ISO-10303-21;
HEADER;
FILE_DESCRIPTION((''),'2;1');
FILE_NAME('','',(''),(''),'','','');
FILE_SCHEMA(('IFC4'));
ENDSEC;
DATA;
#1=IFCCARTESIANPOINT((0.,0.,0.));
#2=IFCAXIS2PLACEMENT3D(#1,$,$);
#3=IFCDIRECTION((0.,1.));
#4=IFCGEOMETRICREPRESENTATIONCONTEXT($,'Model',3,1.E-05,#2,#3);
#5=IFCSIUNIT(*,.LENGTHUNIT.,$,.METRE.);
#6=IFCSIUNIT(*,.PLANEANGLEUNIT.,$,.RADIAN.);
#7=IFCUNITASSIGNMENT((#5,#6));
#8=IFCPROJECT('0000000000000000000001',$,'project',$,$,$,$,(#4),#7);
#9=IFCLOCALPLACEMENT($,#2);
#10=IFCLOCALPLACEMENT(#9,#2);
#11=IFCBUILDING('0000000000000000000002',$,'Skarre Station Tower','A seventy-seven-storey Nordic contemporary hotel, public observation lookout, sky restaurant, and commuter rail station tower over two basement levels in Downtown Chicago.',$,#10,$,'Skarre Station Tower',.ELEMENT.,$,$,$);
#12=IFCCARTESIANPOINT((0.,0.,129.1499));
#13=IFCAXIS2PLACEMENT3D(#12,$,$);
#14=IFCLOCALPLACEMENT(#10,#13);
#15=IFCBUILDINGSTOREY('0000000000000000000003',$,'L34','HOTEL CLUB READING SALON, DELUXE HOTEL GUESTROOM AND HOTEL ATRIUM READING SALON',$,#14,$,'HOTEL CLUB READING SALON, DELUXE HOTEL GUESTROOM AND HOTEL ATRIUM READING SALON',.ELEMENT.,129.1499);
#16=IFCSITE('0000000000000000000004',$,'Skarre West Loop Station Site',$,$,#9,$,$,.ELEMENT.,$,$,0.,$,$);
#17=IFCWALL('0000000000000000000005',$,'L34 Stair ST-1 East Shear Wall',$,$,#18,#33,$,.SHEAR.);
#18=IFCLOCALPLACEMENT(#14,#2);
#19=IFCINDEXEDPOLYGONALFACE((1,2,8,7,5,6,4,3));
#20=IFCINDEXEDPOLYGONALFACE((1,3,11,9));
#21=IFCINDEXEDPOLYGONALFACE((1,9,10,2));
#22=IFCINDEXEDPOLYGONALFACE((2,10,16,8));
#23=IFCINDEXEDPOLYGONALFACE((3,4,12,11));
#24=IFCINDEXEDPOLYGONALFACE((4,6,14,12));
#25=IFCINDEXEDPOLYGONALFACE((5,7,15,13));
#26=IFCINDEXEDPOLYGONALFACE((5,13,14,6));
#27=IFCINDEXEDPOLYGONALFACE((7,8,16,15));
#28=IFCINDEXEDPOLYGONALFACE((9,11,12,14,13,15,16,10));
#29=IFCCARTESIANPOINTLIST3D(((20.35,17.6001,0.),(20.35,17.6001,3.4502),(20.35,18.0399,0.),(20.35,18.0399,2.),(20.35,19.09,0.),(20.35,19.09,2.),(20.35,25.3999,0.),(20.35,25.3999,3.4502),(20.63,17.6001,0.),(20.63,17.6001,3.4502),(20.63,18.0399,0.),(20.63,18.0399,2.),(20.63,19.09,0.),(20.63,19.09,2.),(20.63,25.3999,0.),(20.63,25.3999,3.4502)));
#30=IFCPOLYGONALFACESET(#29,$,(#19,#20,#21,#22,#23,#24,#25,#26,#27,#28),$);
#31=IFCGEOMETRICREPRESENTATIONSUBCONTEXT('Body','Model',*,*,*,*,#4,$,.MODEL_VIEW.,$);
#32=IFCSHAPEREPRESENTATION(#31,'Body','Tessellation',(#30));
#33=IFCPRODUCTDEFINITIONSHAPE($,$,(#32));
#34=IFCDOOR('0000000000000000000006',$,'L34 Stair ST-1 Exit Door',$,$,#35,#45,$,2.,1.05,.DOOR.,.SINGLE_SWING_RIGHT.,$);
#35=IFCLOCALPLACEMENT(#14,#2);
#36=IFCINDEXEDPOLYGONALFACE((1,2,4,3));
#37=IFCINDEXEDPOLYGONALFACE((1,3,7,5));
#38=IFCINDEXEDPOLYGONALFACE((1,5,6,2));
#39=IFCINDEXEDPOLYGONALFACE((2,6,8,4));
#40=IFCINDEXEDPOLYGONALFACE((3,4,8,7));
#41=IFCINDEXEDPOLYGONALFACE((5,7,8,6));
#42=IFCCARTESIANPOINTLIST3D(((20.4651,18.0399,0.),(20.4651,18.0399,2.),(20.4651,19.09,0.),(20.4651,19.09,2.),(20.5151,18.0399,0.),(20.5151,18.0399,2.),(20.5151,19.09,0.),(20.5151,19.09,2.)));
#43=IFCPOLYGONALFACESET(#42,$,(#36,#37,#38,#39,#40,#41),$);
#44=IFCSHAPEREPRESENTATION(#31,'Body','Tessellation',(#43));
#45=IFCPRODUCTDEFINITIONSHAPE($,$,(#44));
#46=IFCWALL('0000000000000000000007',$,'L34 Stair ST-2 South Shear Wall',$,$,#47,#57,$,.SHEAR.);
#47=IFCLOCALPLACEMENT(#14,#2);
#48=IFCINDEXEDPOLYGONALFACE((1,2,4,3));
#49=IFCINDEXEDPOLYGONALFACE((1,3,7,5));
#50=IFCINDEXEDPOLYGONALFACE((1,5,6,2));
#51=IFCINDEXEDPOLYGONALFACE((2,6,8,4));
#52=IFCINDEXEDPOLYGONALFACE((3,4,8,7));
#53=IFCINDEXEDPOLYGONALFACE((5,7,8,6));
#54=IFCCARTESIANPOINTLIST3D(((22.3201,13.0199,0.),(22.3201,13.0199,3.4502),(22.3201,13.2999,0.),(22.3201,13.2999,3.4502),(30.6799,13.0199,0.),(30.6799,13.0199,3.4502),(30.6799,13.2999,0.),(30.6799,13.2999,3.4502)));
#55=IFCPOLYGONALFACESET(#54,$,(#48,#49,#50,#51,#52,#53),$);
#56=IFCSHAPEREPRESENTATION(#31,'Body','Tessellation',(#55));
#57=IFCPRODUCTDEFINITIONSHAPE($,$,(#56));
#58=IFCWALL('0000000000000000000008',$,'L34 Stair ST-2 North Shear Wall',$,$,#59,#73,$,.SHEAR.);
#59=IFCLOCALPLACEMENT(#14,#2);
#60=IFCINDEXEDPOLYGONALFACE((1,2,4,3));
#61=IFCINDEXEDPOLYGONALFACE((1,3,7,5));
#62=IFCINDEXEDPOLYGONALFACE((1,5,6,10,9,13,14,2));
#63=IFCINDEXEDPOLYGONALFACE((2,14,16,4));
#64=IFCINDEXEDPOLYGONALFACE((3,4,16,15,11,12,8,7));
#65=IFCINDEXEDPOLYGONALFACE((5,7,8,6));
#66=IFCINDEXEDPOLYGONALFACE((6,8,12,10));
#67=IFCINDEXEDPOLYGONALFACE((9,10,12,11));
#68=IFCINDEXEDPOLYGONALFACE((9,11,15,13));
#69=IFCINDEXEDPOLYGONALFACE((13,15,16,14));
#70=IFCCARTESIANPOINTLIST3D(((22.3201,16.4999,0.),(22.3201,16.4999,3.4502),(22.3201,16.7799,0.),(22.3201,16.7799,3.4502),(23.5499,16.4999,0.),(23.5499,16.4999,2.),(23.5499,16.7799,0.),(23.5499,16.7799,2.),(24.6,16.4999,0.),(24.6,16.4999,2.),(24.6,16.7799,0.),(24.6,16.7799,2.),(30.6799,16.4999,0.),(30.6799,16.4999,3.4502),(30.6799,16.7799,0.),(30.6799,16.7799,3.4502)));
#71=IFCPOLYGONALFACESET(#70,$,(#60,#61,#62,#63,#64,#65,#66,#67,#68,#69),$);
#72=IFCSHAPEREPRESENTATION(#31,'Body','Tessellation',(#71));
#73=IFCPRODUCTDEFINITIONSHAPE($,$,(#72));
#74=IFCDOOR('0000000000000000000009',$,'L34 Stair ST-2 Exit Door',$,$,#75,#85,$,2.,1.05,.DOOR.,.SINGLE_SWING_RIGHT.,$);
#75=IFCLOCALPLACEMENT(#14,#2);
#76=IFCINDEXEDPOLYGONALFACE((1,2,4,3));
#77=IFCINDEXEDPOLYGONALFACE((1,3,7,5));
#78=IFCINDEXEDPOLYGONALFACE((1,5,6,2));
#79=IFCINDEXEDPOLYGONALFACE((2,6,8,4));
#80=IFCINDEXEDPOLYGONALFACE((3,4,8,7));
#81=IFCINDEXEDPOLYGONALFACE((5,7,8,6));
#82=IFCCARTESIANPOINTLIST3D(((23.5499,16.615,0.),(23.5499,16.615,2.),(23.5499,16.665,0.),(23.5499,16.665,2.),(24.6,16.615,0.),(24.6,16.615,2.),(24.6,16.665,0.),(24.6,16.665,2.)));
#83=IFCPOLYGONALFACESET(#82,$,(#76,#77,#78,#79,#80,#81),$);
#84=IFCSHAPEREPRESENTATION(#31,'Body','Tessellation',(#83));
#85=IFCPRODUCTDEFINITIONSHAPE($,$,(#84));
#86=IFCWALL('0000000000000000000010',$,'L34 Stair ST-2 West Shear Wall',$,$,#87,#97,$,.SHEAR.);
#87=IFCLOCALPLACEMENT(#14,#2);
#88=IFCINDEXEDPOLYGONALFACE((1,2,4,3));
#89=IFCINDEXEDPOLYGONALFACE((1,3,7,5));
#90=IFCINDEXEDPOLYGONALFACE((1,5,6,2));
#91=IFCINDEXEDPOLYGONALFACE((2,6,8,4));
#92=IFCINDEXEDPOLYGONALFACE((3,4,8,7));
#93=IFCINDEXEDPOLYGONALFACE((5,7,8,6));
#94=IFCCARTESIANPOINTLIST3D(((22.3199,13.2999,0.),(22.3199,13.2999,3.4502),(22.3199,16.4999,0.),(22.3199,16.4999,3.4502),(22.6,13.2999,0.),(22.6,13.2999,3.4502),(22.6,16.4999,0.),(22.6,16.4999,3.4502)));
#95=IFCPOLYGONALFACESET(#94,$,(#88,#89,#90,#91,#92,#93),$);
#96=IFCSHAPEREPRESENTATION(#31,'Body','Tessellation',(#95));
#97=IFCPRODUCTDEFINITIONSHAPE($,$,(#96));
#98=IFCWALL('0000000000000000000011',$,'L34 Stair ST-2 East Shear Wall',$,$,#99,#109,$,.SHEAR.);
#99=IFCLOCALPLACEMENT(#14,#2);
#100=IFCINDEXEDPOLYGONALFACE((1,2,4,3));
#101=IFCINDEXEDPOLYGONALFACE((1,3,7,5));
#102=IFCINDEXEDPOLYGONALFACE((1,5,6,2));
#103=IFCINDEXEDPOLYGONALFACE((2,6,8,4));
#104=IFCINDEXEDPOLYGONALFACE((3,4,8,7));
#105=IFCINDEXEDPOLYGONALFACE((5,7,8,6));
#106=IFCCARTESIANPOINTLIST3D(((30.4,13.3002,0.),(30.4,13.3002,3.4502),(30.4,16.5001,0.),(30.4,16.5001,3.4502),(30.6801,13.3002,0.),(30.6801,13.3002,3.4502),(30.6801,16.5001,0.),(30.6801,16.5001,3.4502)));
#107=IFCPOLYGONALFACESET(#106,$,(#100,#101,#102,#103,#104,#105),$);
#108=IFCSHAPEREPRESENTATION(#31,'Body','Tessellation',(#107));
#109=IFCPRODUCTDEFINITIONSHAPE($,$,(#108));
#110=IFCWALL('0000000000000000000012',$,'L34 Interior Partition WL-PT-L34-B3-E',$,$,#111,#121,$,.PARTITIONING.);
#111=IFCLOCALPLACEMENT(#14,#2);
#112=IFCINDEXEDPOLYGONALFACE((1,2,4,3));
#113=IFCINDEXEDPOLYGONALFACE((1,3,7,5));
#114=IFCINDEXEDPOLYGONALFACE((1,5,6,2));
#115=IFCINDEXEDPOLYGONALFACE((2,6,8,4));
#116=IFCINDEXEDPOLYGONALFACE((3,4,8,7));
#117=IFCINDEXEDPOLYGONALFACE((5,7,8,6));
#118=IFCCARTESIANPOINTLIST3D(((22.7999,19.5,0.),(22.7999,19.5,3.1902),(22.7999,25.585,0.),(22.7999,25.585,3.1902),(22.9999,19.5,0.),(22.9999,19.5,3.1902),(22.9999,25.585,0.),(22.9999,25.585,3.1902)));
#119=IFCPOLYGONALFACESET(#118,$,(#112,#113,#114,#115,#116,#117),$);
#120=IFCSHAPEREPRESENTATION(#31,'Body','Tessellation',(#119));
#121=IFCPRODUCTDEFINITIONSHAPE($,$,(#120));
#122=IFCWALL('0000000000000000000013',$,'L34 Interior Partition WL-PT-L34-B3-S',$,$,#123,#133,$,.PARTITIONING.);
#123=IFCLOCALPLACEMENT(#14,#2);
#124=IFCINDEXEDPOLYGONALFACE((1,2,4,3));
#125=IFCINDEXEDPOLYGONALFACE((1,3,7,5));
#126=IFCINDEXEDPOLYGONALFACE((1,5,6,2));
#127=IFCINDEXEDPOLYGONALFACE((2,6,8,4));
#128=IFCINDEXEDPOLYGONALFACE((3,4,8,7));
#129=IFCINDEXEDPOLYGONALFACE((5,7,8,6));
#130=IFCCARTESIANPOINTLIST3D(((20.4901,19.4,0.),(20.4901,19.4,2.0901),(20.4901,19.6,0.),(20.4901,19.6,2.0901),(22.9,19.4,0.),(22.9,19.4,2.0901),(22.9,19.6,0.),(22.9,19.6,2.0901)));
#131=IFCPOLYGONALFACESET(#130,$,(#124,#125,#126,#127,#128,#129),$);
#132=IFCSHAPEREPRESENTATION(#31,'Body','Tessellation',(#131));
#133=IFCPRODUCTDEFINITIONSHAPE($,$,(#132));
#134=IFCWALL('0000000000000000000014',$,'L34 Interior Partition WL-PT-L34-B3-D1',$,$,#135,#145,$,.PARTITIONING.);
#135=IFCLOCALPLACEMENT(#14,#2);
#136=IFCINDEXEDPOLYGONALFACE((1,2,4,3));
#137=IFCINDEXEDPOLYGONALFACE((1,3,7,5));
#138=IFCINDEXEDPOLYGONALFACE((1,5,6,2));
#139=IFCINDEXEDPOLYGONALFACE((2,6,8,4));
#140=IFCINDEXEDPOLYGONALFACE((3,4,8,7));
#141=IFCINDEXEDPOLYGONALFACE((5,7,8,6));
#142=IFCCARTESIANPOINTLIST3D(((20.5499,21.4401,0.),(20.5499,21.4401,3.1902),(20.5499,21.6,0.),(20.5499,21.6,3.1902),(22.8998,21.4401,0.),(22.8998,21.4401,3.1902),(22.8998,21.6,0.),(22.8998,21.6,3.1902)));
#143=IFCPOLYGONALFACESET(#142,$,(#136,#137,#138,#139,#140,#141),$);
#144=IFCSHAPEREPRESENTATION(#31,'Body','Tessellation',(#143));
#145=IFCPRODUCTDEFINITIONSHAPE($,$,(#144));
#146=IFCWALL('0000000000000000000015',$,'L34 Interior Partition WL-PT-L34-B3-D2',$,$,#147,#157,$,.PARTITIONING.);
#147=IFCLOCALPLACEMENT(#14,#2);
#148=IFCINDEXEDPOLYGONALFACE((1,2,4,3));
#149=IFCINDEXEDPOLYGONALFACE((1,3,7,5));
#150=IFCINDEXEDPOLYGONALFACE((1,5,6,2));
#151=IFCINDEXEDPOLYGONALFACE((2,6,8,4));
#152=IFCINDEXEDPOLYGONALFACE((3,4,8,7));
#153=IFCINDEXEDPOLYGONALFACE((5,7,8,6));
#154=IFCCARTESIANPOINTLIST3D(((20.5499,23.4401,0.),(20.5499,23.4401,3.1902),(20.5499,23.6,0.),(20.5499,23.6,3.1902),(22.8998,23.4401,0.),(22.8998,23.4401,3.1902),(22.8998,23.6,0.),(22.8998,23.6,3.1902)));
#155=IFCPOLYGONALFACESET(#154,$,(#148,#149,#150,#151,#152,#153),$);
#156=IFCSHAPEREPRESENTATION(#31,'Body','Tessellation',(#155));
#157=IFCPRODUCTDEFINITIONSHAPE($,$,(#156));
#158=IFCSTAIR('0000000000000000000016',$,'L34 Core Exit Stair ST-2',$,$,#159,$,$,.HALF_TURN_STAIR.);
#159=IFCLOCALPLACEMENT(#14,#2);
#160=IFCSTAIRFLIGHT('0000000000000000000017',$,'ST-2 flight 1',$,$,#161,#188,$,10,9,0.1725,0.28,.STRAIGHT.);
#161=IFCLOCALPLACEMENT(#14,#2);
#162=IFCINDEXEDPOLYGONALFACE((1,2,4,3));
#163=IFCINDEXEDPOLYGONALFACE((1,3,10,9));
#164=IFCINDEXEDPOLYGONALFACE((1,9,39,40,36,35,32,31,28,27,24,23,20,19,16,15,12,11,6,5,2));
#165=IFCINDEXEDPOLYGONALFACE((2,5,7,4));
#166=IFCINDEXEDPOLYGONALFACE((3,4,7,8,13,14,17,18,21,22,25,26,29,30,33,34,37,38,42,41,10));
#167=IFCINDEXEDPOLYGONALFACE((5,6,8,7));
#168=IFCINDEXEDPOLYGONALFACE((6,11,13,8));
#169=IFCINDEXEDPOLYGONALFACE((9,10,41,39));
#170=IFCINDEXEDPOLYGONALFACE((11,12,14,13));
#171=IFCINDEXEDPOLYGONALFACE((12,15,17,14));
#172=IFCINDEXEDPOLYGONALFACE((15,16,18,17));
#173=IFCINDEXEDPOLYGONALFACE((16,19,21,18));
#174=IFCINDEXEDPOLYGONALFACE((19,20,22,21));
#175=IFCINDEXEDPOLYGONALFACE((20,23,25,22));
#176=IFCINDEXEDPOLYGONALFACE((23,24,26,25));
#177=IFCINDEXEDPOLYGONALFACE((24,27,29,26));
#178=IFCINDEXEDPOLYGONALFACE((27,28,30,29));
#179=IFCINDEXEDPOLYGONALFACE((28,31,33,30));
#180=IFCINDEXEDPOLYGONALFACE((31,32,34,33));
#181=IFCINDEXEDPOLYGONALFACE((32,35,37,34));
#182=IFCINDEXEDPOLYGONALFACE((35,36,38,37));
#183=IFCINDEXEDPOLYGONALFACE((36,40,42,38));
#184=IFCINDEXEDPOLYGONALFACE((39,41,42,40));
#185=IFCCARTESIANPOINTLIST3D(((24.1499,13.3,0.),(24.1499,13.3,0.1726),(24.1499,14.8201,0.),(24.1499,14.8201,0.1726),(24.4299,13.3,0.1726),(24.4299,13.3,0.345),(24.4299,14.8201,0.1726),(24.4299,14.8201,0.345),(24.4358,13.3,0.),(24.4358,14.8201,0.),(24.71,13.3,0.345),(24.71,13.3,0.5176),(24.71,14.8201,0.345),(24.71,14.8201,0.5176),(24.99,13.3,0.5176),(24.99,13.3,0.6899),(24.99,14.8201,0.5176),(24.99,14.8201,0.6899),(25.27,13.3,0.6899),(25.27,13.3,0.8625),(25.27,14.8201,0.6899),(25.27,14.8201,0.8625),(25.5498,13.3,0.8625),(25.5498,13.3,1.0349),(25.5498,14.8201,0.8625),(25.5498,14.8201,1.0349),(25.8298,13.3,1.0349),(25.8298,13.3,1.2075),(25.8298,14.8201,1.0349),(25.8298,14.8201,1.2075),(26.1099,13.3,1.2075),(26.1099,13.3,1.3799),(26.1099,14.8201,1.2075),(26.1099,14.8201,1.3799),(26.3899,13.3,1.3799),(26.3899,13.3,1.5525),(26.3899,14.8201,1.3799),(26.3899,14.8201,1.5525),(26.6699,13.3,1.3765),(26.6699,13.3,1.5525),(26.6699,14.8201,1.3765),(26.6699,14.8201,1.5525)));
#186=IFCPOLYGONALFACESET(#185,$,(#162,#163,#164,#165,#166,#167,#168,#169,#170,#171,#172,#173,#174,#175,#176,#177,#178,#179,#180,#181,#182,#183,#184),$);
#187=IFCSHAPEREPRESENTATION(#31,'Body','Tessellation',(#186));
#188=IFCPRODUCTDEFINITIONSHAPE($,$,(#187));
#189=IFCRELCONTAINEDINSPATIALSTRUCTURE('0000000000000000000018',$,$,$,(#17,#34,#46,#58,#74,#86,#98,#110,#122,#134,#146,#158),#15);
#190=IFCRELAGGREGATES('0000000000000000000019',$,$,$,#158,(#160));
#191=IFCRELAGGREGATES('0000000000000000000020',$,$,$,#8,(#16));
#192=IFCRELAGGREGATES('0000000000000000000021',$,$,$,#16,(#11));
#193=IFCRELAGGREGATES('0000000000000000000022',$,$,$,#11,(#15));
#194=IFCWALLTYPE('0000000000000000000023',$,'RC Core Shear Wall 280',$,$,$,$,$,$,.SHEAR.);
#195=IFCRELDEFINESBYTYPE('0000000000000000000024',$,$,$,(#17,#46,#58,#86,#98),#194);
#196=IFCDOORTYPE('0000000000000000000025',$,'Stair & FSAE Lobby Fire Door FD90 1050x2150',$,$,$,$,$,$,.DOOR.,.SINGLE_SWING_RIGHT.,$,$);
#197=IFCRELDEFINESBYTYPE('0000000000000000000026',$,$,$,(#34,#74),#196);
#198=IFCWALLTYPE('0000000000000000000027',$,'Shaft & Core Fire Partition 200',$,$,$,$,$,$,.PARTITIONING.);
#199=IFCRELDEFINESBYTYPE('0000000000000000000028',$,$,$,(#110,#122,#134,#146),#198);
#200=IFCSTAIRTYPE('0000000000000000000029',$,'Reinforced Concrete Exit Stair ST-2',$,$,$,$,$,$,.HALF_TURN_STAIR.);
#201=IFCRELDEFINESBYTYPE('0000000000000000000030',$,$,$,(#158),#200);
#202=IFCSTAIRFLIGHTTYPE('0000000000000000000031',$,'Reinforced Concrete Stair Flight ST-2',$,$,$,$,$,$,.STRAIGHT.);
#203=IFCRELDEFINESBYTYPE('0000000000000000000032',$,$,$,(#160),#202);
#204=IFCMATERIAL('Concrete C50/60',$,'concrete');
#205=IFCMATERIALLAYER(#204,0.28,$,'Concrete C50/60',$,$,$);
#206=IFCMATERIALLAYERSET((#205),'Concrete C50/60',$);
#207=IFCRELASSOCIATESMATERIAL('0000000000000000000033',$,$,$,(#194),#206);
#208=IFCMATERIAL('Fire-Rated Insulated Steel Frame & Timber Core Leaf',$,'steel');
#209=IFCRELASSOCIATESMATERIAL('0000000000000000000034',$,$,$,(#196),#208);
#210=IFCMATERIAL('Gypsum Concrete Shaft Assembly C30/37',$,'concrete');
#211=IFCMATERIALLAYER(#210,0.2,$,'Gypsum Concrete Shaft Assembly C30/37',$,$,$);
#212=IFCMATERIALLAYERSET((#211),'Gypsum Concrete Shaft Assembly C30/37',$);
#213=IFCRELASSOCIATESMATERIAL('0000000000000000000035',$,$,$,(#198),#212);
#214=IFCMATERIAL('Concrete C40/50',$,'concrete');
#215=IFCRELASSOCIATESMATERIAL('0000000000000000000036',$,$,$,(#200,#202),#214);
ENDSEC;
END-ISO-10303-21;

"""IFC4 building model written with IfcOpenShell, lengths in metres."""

from ifc_helpers import new_model, si_unit, direction, frame, frame_2d, origin, place, context, subcontext, project, spatial, polyline, rectangle, outline, extrude, material, layer, layer_set, type_object, element, fill, aggregate, save


model = new_model("IFC4")

# Units and contexts
model_context = context("Model", 3, precision=1e-05, world=origin(), true_north=direction((0.0, 1.0)))
body_context = subcontext(model_context, "Body", "Model", "MODEL_VIEW")
ifc_project = project(units=[si_unit("LENGTHUNIT", "METRE"), si_unit("PLANEANGLEUNIT", "RADIAN")], contexts=[model_context])

# Site, building, storey
site_placement = place(None, origin())
site = spatial("IfcSite", under=ifc_project, at=site_placement, Name="Skarre West Loop Station Site", CompositionType="ELEMENT", RefElevation=0.0)
building_placement = place(site_placement, origin())
building = spatial("IfcBuilding", under=site, at=building_placement, Name="Skarre Station Tower", Description="A seventy-seven-storey Nordic contemporary hotel, public observation lookout, sky restaurant, and commuter rail station tower over two basement levels in Downtown Chicago.", LongName="Skarre Station Tower", CompositionType="ELEMENT")
storey_placement = place(building_placement, frame((0.0, 0.0, 129.1499)))
storey = spatial("IfcBuildingStorey", under=building, at=storey_placement, Name="L34", Description="HOTEL CLUB READING SALON, DELUXE HOTEL GUESTROOM AND HOTEL ATRIUM READING SALON", LongName="HOTEL CLUB READING SALON, DELUXE HOTEL GUESTROOM AND HOTEL ATRIUM READING SALON", CompositionType="ELEMENT", Elevation=129.1499)

# Wall, opening, door
ifc_material_1 = material(Name="Concrete C50/60", Category="concrete")
ifc_layer_1 = layer(ifc_material_1, 0.28, Name="Concrete C50/60")
ifc_layer_set_1 = layer_set([ifc_layer_1], Name="Concrete C50/60")
wall_type_1 = type_object("IfcWallType", Name="RC Core Shear Wall 280", PredefinedType="SHEAR", material=ifc_layer_set_1)
wall_1_placement = place(storey_placement, frame((20.49, 17.6001, 0.0), z_axis=(0.0, 0.0, 1.0), x_axis=(0.0, 1.0, 0.0)))
wall_1 = element("IfcWall", 1, at=wall_1_placement, inside=storey, type_object=wall_type_1, Name="L34 Stair ST-1 East Shear Wall", PredefinedType="SHEAR", context=body_context, shape_type="SweptSolid", body=[
    extrude(rectangle(XDim=7.7998, YDim=0.28, at=frame_2d((3.8999, 0.0))), origin(), (0.0, 0.0, 1.0), 3.4502),
])
opening_1_placement = place(wall_1_placement, frame((0.4399, 0.0, 0.0)))
opening_1 = element("IfcOpeningElement", 2, at=opening_1_placement, cuts=wall_1, PredefinedType="OPENING", context=body_context, shape_type="SweptSolid", body=[
    extrude(rectangle(XDim=1.05, YDim=2.0, at=frame_2d((0.5249, 1.0))), frame((0.0, 0.1499, 0.0), z_axis=(0.0, -1.0, 0.0), x_axis=(1.0, 0.0, 0.0)), (0.0, 0.0, 1.0), 0.3),
])
ifc_material_2 = material(Name="Fire-Rated Insulated Steel Frame & Timber Core Leaf", Category="steel")
door_type = type_object("IfcDoorType", Name="Stair & FSAE Lobby Fire Door FD90 1050x2150", OperationType="SINGLE_SWING_RIGHT", PredefinedType="DOOR", material=ifc_material_2)
door_1_placement = place(opening_1_placement, origin())
door_1 = element("IfcDoor", 3, at=door_1_placement, inside=storey, type_object=door_type, Name="L34 Stair ST-1 Exit Door", OperationType="SINGLE_SWING_RIGHT", OverallHeight=2.0, OverallWidth=1.05, PredefinedType="DOOR", context=body_context, shape_type="SweptSolid", body=[
    extrude(rectangle(XDim=1.05, YDim=2.0, at=frame_2d((0.5249, 1.0))), frame((0.0, 0.0249, 0.0), z_axis=(0.0, -1.0, 0.0), x_axis=(1.0, 0.0, 0.0)), (0.0, 0.0, 1.0), 0.05),
])
fill(opening_1, door_1)

# Wall
wall_2_placement = place(storey_placement, frame((22.3201, 13.1599, 0.0), z_axis=(0.0, 0.0, 1.0), x_axis=(1.0, 0.0, 0.0)))
element("IfcWall", 4, at=wall_2_placement, inside=storey, type_object=wall_type_1, Name="L34 Stair ST-2 South Shear Wall", PredefinedType="SHEAR", context=body_context, shape_type="SweptSolid", body=[
    extrude(rectangle(XDim=8.3599, YDim=0.28, at=frame_2d((4.1799, 0.0))), origin(), (0.0, 0.0, 1.0), 3.4502),
])

# Wall, opening, door
wall_3_placement = place(storey_placement, frame((30.6799, 16.6399, 0.0), z_axis=(0.0, 0.0, 1.0), x_axis=(-1.0, 0.0, 0.0)))
wall_3 = element("IfcWall", 5, at=wall_3_placement, inside=storey, type_object=wall_type_1, Name="L34 Stair ST-2 North Shear Wall", PredefinedType="SHEAR", context=body_context, shape_type="SweptSolid", body=[
    extrude(rectangle(XDim=8.3599, YDim=0.28, at=frame_2d((4.1799, 0.0))), origin(), (0.0, 0.0, 1.0), 3.4502),
])
opening_2_placement = place(wall_3_placement, frame((6.0801, 0.0, 0.0)))
opening_2 = element("IfcOpeningElement", 6, at=opening_2_placement, cuts=wall_3, PredefinedType="OPENING", context=body_context, shape_type="SweptSolid", body=[
    extrude(rectangle(XDim=1.05, YDim=2.0, at=frame_2d((0.5249, 1.0))), frame((0.0, 0.1499, 0.0), z_axis=(0.0, -1.0, 0.0), x_axis=(1.0, 0.0, 0.0)), (0.0, 0.0, 1.0), 0.3),
])
door_2_placement = place(opening_2_placement, origin())
door_2 = element("IfcDoor", 7, at=door_2_placement, inside=storey, type_object=door_type, Name="L34 Stair ST-2 Exit Door", OperationType="SINGLE_SWING_RIGHT", OverallHeight=2.0, OverallWidth=1.05, PredefinedType="DOOR", context=body_context, shape_type="SweptSolid", body=[
    extrude(rectangle(XDim=1.05, YDim=2.0, at=frame_2d((0.5249, 1.0))), frame((0.0, 0.0249, 0.0), z_axis=(0.0, -1.0, 0.0), x_axis=(1.0, 0.0, 0.0)), (0.0, 0.0, 1.0), 0.05),
])
fill(opening_2, door_2)

# Walls
for number, where, z_axis, x_axis, name in (
    (8, (22.46, 16.5, 0.0), (0.0, 0.0, 1.0), (0.0, -1.0, 0.0), "L34 Stair ST-2 West Shear Wall"),
    (9, (30.54, 13.3, 0.0), (0.0, 0.0, 1.0), (0.0, 1.0, 0.0), "L34 Stair ST-2 East Shear Wall"),
):
    element("IfcWall", number, at=place(storey_placement, frame(where, z_axis=z_axis, x_axis=x_axis)), inside=storey, type_object=wall_type_1, Name=name, PredefinedType="SHEAR", context=body_context, shape_type="SweptSolid", body=[
        extrude(rectangle(XDim=3.2, YDim=0.28, at=frame_2d((1.6001, 0.0))), origin(), (0.0, 0.0, 1.0), 3.4502),
    ])
ifc_material_3 = material(Name="Gypsum Concrete Shaft Assembly C30/37", Category="concrete")
ifc_layer_2 = layer(ifc_material_3, 0.2, Name="Gypsum Concrete Shaft Assembly C30/37")
ifc_layer_set_2 = layer_set([ifc_layer_2], Name="Gypsum Concrete Shaft Assembly C30/37")
wall_type_2 = type_object("IfcWallType", Name="Shaft & Core Fire Partition 200", PredefinedType="PARTITIONING", material=ifc_layer_set_2)
wall_4_placement = place(storey_placement, frame((22.8999, 19.5, 0.0), z_axis=(0.0, 0.0, 1.0), x_axis=(0.0, 1.0, 0.0)))
element("IfcWall", 10, at=wall_4_placement, inside=storey, type_object=wall_type_2, Name="L34 Interior Partition WL-PT-L34-B3-E", PredefinedType="PARTITIONING", context=body_context, shape_type="SweptSolid", body=[
    extrude(rectangle(XDim=6.085, YDim=0.2, at=frame_2d((3.0425, 0.0))), origin(), (0.0, 0.0, 1.0), 3.1902),
])
wall_5_placement = place(storey_placement, frame((20.49, 19.5, 0.0), z_axis=(0.0, 0.0, 1.0), x_axis=(1.0, 0.0, 0.0)))
element("IfcWall", 11, at=wall_5_placement, inside=storey, type_object=wall_type_2, Name="L34 Interior Partition WL-PT-L34-B3-S", PredefinedType="PARTITIONING", context=body_context, shape_type="SweptSolid", body=[
    extrude(rectangle(XDim=2.4099, YDim=0.2, at=frame_2d((1.2051, 0.0))), origin(), (0.0, 0.0, 1.0), 2.0901),
])
for number, where, z_axis, x_axis, name in (
    (12, (20.55, 21.52, 0.0), (0.0, 0.0, 1.0), (1.0, 0.0, 0.0), "L34 Interior Partition WL-PT-L34-B3-D1"),
    (13, (20.55, 23.52, 0.0), (0.0, 0.0, 1.0), (1.0, 0.0, 0.0), "L34 Interior Partition WL-PT-L34-B3-D2"),
):
    element("IfcWall", number, at=place(storey_placement, frame(where, z_axis=z_axis, x_axis=x_axis)), inside=storey, type_object=wall_type_2, Name=name, PredefinedType="PARTITIONING", context=body_context, shape_type="SweptSolid", body=[
        extrude(rectangle(XDim=2.3499, YDim=0.1599, at=frame_2d((1.1748, 0.0))), origin(), (0.0, 0.0, 1.0), 3.1902),
    ])

# Stair, stair flight
ifc_material_4 = material(Name="Concrete C40/50", Category="concrete")
stair_type = type_object("IfcStairType", Name="Reinforced Concrete Exit Stair ST-2", PredefinedType="HALF_TURN_STAIR", material=ifc_material_4)
stair_placement = place(storey_placement, origin())
stair = element("IfcStair", 14, at=stair_placement, inside=storey, type_object=stair_type, Name="L34 Core Exit Stair ST-2", PredefinedType="HALF_TURN_STAIR")
stair_flight_type = type_object("IfcStairFlightType", Name="Reinforced Concrete Stair Flight ST-2", PredefinedType="STRAIGHT", material=ifc_material_4)
stair_flight_1_placement = place(storey_placement, frame((24.1499, 14.0601, 0.0), z_axis=(0.0, 0.0, 1.0), x_axis=(1.0, 0.0, 0.0)))
stair_flight_1 = element("IfcStairFlight", 15, at=stair_flight_1_placement, type_object=stair_flight_type, Name="ST-2 flight 1", NumberOfRisers=10, NumberOfTreads=9, PredefinedType="STRAIGHT", RiserHeight=0.1725, TreadLength=0.28, context=body_context, shape_type="SweptSolid", body=[
    extrude(outline(polyline([(0.0, 0.0), (0.0, 0.1726), (0.28, 0.1726), (0.28, 0.345), (0.5601, 0.345), (0.5601, 0.5176), (0.8401, 0.5176), (0.8401, 0.6899), (1.1201, 0.6899), (1.1201, 0.8625), (1.3999, 0.8625), (1.3999, 1.0349), (1.6799, 1.0349), (1.6799, 1.2075), (1.96, 1.2075), (1.96, 1.3799), (2.24, 1.3799), (2.24, 1.5525), (2.52, 1.5525), (2.52, 1.7251), (2.52, 1.3765), (0.2859, 0.0), (0.0, 0.0)])), frame((0.0, 0.76, 0.0), z_axis=(0.0, -1.0, 0.0), x_axis=(1.0, 0.0, 0.0)), (0.0, 0.0, 1.0), 1.52),
])
aggregate(stair, [stair_flight_1])

save(model, "model.ifc")
